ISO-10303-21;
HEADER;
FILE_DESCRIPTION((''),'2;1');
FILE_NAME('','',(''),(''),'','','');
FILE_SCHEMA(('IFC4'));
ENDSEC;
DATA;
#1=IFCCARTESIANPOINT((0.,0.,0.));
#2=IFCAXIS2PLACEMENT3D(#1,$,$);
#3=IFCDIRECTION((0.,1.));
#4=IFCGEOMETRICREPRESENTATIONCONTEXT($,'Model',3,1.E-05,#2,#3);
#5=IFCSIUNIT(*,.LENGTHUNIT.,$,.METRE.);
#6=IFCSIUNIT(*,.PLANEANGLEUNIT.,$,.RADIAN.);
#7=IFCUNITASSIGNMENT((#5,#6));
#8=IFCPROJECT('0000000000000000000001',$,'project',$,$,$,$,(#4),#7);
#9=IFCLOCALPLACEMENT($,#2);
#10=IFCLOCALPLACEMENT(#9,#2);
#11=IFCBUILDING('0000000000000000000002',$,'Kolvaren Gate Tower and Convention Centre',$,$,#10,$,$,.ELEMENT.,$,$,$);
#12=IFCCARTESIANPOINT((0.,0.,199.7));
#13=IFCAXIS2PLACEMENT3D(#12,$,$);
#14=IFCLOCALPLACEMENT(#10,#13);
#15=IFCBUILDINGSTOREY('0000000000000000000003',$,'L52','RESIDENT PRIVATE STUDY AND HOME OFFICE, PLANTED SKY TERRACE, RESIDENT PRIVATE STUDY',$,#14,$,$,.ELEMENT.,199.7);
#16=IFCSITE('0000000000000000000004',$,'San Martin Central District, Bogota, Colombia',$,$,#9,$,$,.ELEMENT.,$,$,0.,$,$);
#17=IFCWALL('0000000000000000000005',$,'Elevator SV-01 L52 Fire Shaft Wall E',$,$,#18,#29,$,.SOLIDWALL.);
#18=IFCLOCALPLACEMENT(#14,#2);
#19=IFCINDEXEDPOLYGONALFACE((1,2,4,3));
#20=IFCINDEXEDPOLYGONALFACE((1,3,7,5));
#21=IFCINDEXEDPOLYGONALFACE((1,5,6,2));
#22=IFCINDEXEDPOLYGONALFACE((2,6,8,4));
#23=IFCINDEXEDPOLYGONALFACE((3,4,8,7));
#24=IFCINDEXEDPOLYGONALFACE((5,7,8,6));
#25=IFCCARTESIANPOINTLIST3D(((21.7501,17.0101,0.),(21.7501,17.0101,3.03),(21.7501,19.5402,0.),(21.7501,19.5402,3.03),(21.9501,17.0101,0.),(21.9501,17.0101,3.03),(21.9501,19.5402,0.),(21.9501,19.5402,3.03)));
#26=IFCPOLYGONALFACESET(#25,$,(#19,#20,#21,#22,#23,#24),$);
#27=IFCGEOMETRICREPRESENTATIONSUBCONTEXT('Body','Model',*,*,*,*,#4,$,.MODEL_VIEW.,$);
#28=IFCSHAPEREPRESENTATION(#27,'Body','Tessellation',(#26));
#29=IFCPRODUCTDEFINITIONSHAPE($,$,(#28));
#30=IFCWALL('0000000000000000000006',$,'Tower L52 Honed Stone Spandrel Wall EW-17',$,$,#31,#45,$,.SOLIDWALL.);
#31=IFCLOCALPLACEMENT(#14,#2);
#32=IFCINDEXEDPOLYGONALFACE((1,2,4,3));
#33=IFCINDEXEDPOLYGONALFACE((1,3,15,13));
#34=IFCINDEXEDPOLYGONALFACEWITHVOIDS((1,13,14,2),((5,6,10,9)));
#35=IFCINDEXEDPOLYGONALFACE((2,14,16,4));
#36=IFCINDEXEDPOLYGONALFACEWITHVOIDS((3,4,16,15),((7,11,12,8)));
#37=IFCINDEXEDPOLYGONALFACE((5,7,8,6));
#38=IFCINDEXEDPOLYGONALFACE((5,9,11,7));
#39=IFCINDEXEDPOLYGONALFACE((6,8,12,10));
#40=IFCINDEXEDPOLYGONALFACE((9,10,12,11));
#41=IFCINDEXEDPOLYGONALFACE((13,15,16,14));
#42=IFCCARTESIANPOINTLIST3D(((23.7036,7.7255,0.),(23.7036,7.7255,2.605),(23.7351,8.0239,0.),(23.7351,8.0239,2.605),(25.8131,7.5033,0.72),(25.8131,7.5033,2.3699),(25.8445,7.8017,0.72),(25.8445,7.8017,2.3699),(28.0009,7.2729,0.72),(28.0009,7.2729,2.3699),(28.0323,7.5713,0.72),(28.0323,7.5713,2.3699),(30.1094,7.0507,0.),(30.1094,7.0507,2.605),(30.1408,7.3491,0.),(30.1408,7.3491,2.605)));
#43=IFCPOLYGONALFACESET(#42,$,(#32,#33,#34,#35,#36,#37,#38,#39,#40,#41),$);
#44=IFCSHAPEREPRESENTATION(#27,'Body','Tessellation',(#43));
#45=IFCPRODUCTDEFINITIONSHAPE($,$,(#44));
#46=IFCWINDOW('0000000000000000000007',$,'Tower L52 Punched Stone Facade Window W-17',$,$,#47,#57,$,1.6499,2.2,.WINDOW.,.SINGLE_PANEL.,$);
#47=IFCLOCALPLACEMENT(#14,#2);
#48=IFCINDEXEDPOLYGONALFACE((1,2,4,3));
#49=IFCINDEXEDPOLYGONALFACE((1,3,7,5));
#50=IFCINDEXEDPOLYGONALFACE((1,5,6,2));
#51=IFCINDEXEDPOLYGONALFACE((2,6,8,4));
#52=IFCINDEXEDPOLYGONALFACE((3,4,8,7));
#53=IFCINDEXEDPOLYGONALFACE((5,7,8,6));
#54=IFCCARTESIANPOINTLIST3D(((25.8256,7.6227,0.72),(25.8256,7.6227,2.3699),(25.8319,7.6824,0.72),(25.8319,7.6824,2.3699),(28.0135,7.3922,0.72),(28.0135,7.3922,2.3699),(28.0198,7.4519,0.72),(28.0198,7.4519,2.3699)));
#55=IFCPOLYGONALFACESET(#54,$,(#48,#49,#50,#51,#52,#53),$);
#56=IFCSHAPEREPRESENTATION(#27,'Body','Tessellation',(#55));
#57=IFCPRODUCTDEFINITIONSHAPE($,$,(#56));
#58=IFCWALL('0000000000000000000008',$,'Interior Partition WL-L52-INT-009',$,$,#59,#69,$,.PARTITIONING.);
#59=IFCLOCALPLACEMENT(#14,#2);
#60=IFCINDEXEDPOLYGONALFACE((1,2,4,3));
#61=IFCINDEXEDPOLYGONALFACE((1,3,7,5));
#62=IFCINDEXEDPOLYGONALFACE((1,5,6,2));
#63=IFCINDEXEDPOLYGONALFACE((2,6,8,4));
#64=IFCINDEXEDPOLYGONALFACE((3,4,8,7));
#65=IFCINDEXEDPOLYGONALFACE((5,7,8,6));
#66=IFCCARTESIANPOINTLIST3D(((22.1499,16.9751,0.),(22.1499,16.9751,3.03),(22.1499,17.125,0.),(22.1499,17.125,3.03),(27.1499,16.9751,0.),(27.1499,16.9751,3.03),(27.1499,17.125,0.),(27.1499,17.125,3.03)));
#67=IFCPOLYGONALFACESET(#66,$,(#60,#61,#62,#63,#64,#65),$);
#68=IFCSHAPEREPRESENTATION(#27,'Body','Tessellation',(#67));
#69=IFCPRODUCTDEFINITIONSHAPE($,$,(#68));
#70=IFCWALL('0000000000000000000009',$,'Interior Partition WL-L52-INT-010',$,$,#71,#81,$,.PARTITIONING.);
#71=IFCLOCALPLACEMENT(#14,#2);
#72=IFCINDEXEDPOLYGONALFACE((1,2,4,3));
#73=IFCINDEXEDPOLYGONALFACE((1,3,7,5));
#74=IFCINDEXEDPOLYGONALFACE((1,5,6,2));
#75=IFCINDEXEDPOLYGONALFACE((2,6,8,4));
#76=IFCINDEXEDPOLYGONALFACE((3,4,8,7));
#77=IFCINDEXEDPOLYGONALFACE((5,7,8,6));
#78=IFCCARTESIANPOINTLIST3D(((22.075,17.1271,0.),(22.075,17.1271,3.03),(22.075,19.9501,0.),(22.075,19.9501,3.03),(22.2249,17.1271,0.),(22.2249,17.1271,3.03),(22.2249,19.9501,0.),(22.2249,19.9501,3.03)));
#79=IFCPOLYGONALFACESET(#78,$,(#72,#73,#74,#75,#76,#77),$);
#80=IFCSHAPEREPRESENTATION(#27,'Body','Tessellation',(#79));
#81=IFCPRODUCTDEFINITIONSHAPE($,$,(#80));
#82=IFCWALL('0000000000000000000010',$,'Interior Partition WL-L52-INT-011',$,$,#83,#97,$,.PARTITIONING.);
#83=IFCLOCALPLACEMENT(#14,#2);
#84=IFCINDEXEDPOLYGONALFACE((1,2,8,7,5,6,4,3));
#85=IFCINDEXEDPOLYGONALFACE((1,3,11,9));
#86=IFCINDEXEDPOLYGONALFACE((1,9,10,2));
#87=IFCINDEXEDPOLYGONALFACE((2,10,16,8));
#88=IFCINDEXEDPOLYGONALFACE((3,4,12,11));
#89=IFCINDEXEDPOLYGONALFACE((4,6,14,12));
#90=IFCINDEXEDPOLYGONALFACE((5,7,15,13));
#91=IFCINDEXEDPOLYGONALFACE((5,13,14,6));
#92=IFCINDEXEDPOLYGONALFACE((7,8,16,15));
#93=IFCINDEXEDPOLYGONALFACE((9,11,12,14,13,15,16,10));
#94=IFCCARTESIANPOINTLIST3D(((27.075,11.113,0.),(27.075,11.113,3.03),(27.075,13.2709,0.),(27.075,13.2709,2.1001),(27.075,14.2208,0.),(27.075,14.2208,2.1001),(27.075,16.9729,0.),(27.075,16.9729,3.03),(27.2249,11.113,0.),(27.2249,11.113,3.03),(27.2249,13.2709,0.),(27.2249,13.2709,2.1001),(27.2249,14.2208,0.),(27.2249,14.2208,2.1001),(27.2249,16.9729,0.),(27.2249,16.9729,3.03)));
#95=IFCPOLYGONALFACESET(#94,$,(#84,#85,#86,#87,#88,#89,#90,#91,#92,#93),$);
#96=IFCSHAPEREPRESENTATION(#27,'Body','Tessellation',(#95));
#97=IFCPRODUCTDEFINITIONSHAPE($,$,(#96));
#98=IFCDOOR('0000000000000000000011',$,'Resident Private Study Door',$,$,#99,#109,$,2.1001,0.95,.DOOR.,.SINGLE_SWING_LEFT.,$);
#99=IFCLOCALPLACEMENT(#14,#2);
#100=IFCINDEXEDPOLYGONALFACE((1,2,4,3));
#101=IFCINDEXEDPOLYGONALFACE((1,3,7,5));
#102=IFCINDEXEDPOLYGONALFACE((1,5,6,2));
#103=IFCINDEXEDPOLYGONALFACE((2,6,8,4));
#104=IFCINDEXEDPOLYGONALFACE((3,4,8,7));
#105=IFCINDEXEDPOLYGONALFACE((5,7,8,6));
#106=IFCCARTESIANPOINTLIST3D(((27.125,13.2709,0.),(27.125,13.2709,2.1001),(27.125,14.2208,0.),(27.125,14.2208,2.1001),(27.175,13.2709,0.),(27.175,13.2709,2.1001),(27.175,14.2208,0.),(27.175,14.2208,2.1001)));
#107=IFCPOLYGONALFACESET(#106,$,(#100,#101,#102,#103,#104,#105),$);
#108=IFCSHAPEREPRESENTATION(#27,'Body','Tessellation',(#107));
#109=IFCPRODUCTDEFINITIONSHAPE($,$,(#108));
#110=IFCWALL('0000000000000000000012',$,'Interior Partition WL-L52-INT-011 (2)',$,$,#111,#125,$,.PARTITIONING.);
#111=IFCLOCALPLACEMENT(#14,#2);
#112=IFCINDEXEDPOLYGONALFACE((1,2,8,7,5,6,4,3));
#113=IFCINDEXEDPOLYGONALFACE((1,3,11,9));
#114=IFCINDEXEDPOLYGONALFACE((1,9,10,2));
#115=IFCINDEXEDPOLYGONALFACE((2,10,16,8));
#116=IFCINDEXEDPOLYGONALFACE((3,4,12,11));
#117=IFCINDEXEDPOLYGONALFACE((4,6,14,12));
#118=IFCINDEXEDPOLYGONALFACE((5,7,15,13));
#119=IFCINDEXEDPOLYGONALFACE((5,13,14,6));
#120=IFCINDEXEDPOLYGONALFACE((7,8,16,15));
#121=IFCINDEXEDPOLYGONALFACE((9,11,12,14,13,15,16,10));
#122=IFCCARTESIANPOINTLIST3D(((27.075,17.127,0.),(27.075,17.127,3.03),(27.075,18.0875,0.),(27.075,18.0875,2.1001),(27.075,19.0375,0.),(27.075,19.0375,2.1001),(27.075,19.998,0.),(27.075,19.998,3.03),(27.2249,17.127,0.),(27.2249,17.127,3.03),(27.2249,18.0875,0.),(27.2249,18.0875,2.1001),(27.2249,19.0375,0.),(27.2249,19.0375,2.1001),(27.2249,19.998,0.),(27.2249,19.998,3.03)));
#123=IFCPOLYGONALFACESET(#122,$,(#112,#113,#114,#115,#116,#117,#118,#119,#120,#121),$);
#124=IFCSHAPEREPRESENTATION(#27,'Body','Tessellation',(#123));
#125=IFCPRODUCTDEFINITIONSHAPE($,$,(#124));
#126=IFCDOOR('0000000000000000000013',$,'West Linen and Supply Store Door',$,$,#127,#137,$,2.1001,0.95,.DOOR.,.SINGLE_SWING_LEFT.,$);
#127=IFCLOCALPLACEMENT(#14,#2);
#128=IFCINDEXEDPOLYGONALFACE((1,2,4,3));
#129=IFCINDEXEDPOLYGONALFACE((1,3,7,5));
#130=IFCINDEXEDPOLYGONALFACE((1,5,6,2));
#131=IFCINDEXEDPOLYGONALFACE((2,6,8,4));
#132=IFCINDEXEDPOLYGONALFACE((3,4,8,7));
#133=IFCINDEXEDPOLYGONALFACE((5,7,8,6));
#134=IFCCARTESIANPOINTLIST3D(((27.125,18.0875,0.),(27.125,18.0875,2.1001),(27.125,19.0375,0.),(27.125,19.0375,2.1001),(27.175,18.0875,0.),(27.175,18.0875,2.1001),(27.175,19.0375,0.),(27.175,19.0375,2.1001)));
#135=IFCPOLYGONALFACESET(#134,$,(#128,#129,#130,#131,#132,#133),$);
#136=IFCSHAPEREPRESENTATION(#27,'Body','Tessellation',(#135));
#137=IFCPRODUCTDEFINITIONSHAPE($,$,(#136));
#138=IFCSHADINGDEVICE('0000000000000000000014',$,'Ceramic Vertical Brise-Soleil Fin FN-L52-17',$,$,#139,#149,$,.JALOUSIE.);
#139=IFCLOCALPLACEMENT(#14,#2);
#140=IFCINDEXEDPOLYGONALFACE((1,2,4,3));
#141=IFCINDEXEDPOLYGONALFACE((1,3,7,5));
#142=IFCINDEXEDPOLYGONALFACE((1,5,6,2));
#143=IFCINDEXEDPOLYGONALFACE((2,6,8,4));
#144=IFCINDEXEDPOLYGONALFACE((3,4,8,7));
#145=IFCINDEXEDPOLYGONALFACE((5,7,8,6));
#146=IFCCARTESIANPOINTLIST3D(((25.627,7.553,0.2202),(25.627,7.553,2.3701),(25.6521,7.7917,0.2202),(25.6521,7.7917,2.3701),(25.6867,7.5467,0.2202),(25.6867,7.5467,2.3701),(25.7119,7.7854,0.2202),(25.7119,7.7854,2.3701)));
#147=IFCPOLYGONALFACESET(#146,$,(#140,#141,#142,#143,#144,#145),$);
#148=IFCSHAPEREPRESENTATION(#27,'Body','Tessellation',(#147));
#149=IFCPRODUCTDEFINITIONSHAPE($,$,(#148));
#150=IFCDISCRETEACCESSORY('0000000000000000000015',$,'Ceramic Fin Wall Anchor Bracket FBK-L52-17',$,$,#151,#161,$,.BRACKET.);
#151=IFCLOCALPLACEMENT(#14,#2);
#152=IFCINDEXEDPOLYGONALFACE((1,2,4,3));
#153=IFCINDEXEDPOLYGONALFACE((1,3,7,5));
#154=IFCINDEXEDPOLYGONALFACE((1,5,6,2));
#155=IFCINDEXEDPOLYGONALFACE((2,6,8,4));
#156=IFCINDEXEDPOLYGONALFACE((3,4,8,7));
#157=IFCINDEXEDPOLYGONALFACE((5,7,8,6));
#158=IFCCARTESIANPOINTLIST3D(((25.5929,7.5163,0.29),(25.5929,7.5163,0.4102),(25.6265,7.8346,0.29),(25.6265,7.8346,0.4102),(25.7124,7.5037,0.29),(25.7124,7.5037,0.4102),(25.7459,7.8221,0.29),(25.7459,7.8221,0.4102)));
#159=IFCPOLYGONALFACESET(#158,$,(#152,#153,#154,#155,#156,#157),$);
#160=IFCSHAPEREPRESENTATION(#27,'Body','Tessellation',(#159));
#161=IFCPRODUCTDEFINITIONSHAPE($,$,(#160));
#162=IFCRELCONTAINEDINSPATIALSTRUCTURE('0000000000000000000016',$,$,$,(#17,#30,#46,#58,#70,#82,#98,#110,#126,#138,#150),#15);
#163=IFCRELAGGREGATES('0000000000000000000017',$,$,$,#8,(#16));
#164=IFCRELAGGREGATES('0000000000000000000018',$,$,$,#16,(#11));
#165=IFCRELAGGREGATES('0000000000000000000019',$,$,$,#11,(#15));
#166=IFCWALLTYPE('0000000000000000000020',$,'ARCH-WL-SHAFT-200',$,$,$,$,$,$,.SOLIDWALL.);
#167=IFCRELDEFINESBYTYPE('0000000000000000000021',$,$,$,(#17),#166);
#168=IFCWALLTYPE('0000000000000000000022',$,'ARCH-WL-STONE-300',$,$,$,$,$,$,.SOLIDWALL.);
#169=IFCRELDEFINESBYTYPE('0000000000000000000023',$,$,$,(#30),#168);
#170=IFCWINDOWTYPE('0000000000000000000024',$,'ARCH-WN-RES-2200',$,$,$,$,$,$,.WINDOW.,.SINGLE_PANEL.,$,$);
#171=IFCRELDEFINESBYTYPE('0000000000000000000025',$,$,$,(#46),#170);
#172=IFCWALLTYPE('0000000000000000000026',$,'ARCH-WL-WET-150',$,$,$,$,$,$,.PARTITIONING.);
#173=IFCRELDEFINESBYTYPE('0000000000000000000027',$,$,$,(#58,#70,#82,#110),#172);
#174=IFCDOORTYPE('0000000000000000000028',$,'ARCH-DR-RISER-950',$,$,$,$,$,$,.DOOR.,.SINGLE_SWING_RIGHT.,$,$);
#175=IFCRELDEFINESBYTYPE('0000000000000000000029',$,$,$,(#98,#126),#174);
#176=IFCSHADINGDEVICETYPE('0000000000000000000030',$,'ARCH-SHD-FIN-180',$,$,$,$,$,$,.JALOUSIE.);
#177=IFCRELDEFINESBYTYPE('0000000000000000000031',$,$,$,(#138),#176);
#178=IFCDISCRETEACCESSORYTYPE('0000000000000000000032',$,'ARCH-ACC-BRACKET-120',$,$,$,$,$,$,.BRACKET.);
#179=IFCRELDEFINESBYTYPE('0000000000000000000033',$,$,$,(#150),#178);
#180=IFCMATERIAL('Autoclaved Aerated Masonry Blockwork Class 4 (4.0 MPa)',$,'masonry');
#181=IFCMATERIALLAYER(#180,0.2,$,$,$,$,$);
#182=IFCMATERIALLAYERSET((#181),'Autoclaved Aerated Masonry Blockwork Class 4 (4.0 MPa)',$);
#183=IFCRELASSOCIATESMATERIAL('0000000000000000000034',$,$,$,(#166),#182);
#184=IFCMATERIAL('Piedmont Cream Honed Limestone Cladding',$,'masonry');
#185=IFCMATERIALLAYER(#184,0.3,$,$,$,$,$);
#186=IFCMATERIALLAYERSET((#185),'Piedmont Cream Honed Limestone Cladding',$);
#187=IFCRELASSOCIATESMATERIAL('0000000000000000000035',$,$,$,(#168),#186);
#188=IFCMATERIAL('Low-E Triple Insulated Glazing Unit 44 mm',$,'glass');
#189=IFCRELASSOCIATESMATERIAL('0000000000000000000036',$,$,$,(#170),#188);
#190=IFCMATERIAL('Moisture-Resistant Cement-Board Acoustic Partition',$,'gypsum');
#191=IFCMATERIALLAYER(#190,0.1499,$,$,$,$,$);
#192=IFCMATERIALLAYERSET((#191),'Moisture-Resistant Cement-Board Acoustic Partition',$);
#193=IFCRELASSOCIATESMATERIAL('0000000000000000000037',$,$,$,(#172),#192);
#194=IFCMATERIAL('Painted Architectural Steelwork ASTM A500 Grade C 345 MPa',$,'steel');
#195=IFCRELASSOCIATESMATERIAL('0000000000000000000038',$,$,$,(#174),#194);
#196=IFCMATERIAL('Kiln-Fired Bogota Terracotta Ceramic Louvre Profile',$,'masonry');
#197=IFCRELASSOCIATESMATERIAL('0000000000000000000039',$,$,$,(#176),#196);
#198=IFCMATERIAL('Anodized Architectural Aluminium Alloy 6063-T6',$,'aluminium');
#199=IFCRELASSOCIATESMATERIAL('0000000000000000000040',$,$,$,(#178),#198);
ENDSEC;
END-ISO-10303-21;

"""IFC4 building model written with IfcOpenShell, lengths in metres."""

from ifc_helpers import new_model, si_unit, direction, frame, frame_2d, origin, origin_2d, place, context, subcontext, project, spatial, rectangle, extrude, material, layer, layer_set, type_object, element, fill, save


model = new_model("IFC4")

# Units and contexts
model_context = context("Model", 3, precision=1e-05, world=origin(), true_north=direction((0.0, 1.0)))
body_context = subcontext(model_context, "Body", "Model", "MODEL_VIEW")
ifc_project = project(units=[si_unit("LENGTHUNIT", "METRE"), si_unit("PLANEANGLEUNIT", "RADIAN")], contexts=[model_context])

# Site, building, storey
site_placement = place(None, origin())
site = spatial("IfcSite", under=ifc_project, at=site_placement, Name="San Martin Central District, Bogota, Colombia", CompositionType="ELEMENT", RefElevation=0.0)
building_placement = place(site_placement, origin())
building = spatial("IfcBuilding", under=site, at=building_placement, Name="Kolvaren Gate Tower and Convention Centre", CompositionType="ELEMENT")
storey_placement = place(building_placement, frame((0.0, 0.0, 199.7)))
storey = spatial("IfcBuildingStorey", under=building, at=storey_placement, Name="L52", Description="RESIDENT PRIVATE STUDY AND HOME OFFICE, PLANTED SKY TERRACE, RESIDENT PRIVATE STUDY", CompositionType="ELEMENT", Elevation=199.7)

# Wall
ifc_material_1 = material(Name="Autoclaved Aerated Masonry Blockwork Class 4 (4.0 MPa)", Category="masonry")
ifc_layer_1 = layer(ifc_material_1, 0.2)
ifc_layer_set_1 = layer_set([ifc_layer_1], Name="Autoclaved Aerated Masonry Blockwork Class 4 (4.0 MPa)")
wall_type_1 = type_object("IfcWallType", Name="ARCH-WL-SHAFT-200", PredefinedType="SOLIDWALL", material=ifc_layer_set_1)
wall_1_placement = place(storey_placement, frame((21.8501, 17.01, 0.0), z_axis=(0.0, 0.0, 1.0), x_axis=(0.0, 1.0, 0.0)))
element("IfcWall", 1, at=wall_1_placement, inside=storey, type_object=wall_type_1, Name="Elevator SV-01 L52 Fire Shaft Wall E", PredefinedType="SOLIDWALL", context=body_context, shape_type="SweptSolid", body=[
    extrude(rectangle(XDim=2.53, YDim=0.2, at=frame_2d((1.2651, 0.0))), origin(), (0.0, 0.0, 1.0), 3.03),
])

# Wall, opening, window
ifc_material_2 = material(Name="Piedmont Cream Honed Limestone Cladding", Category="masonry")
ifc_layer_2 = layer(ifc_material_2, 0.3)
ifc_layer_set_2 = layer_set([ifc_layer_2], Name="Piedmont Cream Honed Limestone Cladding")
wall_type_2 = type_object("IfcWallType", Name="ARCH-WL-STONE-300", PredefinedType="SOLIDWALL", material=ifc_layer_set_2)
wall_2_placement = place(storey_placement, frame((23.7192, 7.8748, 0.0), z_axis=(0.0, 0.0, 1.0), x_axis=(0.994497, -0.104764, 0.0)))
wall_2 = element("IfcWall", 2, at=wall_2_placement, inside=storey, type_object=wall_type_2, Name="Tower L52 Honed Stone Spandrel Wall EW-17", PredefinedType="SOLIDWALL", context=body_context, shape_type="SweptSolid", body=[
    extrude(rectangle(XDim=6.4412, YDim=0.3, at=frame_2d((3.2207, 0.0))), origin(), (0.0, 0.0, 1.0), 2.605),
])
opening_1_placement = place(wall_2_placement, frame((2.1211, 0.0, 0.72)))
opening_1 = element("IfcOpeningElement", 3, at=opening_1_placement, cuts=wall_2, PredefinedType="OPENING", context=body_context, shape_type="SweptSolid", body=[
    extrude(rectangle(XDim=2.2, YDim=1.6499, at=frame_2d((1.1001, 0.825))), frame((0.0, 0.1599, 0.0), z_axis=(0.0, -1.0, 0.0), x_axis=(1.0, 0.0, 0.0)), (0.0, 0.0, 1.0), 0.3201),
])
ifc_material_3 = material(Name="Low-E Triple Insulated Glazing Unit 44 mm", Category="glass")
window_type = type_object("IfcWindowType", Name="ARCH-WN-RES-2200", PartitioningType="SINGLE_PANEL", PredefinedType="WINDOW", material=ifc_material_3)
window_placement = place(opening_1_placement, origin())
window = element("IfcWindow", 4, at=window_placement, inside=storey, type_object=window_type, Name="Tower L52 Punched Stone Facade Window W-17", OverallHeight=1.6499, OverallWidth=2.2, PartitioningType="SINGLE_PANEL", PredefinedType="WINDOW", context=body_context, shape_type="SweptSolid", body=[
    extrude(rectangle(XDim=2.2, YDim=1.6499, at=frame_2d((1.1001, 0.825))), frame((0.0, 0.03, 0.0), z_axis=(0.0, -1.0, 0.0), x_axis=(1.0, 0.0, 0.0)), (0.0, 0.0, 1.0), 0.0601),
])
fill(opening_1, window)

# Walls
ifc_material_4 = material(Name="Moisture-Resistant Cement-Board Acoustic Partition", Category="gypsum")
ifc_layer_3 = layer(ifc_material_4, 0.1499)
ifc_layer_set_3 = layer_set([ifc_layer_3], Name="Moisture-Resistant Cement-Board Acoustic Partition")
wall_type_3 = type_object("IfcWallType", Name="ARCH-WL-WET-150", PredefinedType="PARTITIONING", material=ifc_layer_set_3)
wall_3_placement = place(storey_placement, frame((22.1499, 17.05, 0.0), z_axis=(0.0, 0.0, 1.0), x_axis=(1.0, 0.0, 0.0)))
element("IfcWall", 5, at=wall_3_placement, inside=storey, type_object=wall_type_3, Name="Interior Partition WL-L52-INT-009", PredefinedType="PARTITIONING", context=body_context, shape_type="SweptSolid", body=[
    extrude(rectangle(XDim=5.0, YDim=0.1499, at=frame_2d((2.5, 0.0))), origin(), (0.0, 0.0, 1.0), 3.03),
])
wall_4_placement = place(storey_placement, frame((22.1499, 17.127, 0.0), z_axis=(0.0, 0.0, 1.0), x_axis=(0.0, 1.0, 0.0)))
element("IfcWall", 6, at=wall_4_placement, inside=storey, type_object=wall_type_3, Name="Interior Partition WL-L52-INT-010", PredefinedType="PARTITIONING", context=body_context, shape_type="SweptSolid", body=[
    extrude(rectangle(XDim=2.823, YDim=0.1499, at=frame_2d((1.4116, 0.0))), origin(), (0.0, 0.0, 1.0), 3.03),
])

# Walls, openings, doors
wall_5_placement = place(storey_placement, frame((27.1499, 11.113, 0.0), z_axis=(0.0, 0.0, 1.0), x_axis=(0.0, 1.0, 0.0)))
wall_5 = element("IfcWall", 7, at=wall_5_placement, inside=storey, type_object=wall_type_3, Name="Interior Partition WL-L52-INT-011", PredefinedType="PARTITIONING", context=body_context, shape_type="SweptSolid", body=[
    extrude(rectangle(XDim=5.8599, YDim=0.1499, at=frame_2d((2.9299, 0.0))), origin(), (0.0, 0.0, 1.0), 3.03),
])
opening_2_placement = place(wall_5_placement, frame((2.1577, 0.0, 0.0)))
opening_2 = element("IfcOpeningElement", 8, at=opening_2_placement, cuts=wall_5, PredefinedType="OPENING", context=body_context, shape_type="SweptSolid", body=[
    extrude(rectangle(XDim=0.95, YDim=2.1001, at=frame_2d((0.4751, 1.05))), frame((0.0, 0.085, 0.0), z_axis=(0.0, -1.0, 0.0), x_axis=(1.0, 0.0, 0.0)), (0.0, 0.0, 1.0), 0.1699),
])
ifc_material_5 = material(Name="Painted Architectural Steelwork ASTM A500 Grade C 345 MPa", Category="steel")
door_type = type_object("IfcDoorType", Name="ARCH-DR-RISER-950", OperationType="SINGLE_SWING_RIGHT", PredefinedType="DOOR", material=ifc_material_5)
door_1_placement = place(opening_2_placement, origin())
door_1 = element("IfcDoor", 9, at=door_1_placement, inside=storey, type_object=door_type, Name="Resident Private Study Door", OperationType="SINGLE_SWING_LEFT", OverallHeight=2.1001, OverallWidth=0.95, PredefinedType="DOOR", context=body_context, shape_type="SweptSolid", body=[
    extrude(rectangle(XDim=0.95, YDim=2.1001, at=frame_2d((0.4751, 1.05))), frame((0.0, 0.0249, 0.0), z_axis=(0.0, -1.0, 0.0), x_axis=(1.0, 0.0, 0.0)), (0.0, 0.0, 1.0), 0.05),
])
fill(opening_2, door_1)
wall_6_placement = place(storey_placement, frame((27.1499, 17.127, 0.0), z_axis=(0.0, 0.0, 1.0), x_axis=(0.0, 1.0, 0.0)))
wall_6 = element("IfcWall", 10, at=wall_6_placement, inside=storey, type_object=wall_type_3, Name="Interior Partition WL-L52-INT-011 (2)", PredefinedType="PARTITIONING", context=body_context, shape_type="SweptSolid", body=[
    extrude(rectangle(XDim=2.8711, YDim=0.1499, at=frame_2d((1.4355, 0.0))), origin(), (0.0, 0.0, 1.0), 3.03),
])
opening_3_placement = place(wall_6_placement, frame((0.9604, 0.0, 0.0)))
opening_3 = element("IfcOpeningElement", 11, at=opening_3_placement, cuts=wall_6, PredefinedType="OPENING", context=body_context, shape_type="SweptSolid", body=[
    extrude(rectangle(XDim=0.95, YDim=2.1001, at=frame_2d((0.4751, 1.05))), frame((0.0, 0.085, 0.0), z_axis=(0.0, -1.0, 0.0), x_axis=(1.0, 0.0, 0.0)), (0.0, 0.0, 1.0), 0.1699),
])
door_2_placement = place(opening_3_placement, origin())
door_2 = element("IfcDoor", 12, at=door_2_placement, inside=storey, type_object=door_type, Name="West Linen and Supply Store Door", OperationType="SINGLE_SWING_LEFT", OverallHeight=2.1001, OverallWidth=0.95, PredefinedType="DOOR", context=body_context, shape_type="SweptSolid", body=[
    extrude(rectangle(XDim=0.95, YDim=2.1001, at=frame_2d((0.4751, 1.05))), frame((0.0, 0.0249, 0.0), z_axis=(0.0, -1.0, 0.0), x_axis=(1.0, 0.0, 0.0)), (0.0, 0.0, 1.0), 0.05),
])
fill(opening_3, door_2)

# Shading device
ifc_material_6 = material(Name="Kiln-Fired Bogota Terracotta Ceramic Louvre Profile", Category="masonry")
shading_device_type = type_object("IfcShadingDeviceType", Name="ARCH-SHD-FIN-180", PredefinedType="JALOUSIE", material=ifc_material_6)
shading_device_placement = place(storey_placement, frame((25.6694, 7.6692, 0.2202), z_axis=(0.0, 0.0, 1.0), x_axis=(0.994499, -0.104747, 0.0)))
element("IfcShadingDevice", 13, at=shading_device_placement, inside=storey, type_object=shading_device_type, Name="Ceramic Vertical Brise-Soleil Fin FN-L52-17", PredefinedType="JALOUSIE", context=body_context, shape_type="SweptSolid", body=[
    extrude(rectangle(XDim=0.0601, YDim=0.24, at=origin_2d()), origin(), (0.0, 0.0, 1.0), 2.1499),
])

# Discrete accessory
ifc_material_7 = material(Name="Anodized Architectural Aluminium Alloy 6063-T6", Category="aluminium")
discrete_accessory_type = type_object("IfcDiscreteAccessoryType", Name="ARCH-ACC-BRACKET-120", PredefinedType="BRACKET", material=ifc_material_7)
discrete_accessory_placement = place(storey_placement, frame((25.6694, 7.6692, 0.29), z_axis=(0.0, 0.0, 1.0), x_axis=(0.994499, -0.104747, 0.0)))
element("IfcDiscreteAccessory", 14, at=discrete_accessory_placement, inside=storey, type_object=discrete_accessory_type, Name="Ceramic Fin Wall Anchor Bracket FBK-L52-17", PredefinedType="BRACKET", context=body_context, shape_type="SweptSolid", body=[
    extrude(rectangle(XDim=0.1201, YDim=0.3201, at=origin_2d()), origin(), (0.0, 0.0, 1.0), 0.1201),
])

save(model, "model.ifc")
